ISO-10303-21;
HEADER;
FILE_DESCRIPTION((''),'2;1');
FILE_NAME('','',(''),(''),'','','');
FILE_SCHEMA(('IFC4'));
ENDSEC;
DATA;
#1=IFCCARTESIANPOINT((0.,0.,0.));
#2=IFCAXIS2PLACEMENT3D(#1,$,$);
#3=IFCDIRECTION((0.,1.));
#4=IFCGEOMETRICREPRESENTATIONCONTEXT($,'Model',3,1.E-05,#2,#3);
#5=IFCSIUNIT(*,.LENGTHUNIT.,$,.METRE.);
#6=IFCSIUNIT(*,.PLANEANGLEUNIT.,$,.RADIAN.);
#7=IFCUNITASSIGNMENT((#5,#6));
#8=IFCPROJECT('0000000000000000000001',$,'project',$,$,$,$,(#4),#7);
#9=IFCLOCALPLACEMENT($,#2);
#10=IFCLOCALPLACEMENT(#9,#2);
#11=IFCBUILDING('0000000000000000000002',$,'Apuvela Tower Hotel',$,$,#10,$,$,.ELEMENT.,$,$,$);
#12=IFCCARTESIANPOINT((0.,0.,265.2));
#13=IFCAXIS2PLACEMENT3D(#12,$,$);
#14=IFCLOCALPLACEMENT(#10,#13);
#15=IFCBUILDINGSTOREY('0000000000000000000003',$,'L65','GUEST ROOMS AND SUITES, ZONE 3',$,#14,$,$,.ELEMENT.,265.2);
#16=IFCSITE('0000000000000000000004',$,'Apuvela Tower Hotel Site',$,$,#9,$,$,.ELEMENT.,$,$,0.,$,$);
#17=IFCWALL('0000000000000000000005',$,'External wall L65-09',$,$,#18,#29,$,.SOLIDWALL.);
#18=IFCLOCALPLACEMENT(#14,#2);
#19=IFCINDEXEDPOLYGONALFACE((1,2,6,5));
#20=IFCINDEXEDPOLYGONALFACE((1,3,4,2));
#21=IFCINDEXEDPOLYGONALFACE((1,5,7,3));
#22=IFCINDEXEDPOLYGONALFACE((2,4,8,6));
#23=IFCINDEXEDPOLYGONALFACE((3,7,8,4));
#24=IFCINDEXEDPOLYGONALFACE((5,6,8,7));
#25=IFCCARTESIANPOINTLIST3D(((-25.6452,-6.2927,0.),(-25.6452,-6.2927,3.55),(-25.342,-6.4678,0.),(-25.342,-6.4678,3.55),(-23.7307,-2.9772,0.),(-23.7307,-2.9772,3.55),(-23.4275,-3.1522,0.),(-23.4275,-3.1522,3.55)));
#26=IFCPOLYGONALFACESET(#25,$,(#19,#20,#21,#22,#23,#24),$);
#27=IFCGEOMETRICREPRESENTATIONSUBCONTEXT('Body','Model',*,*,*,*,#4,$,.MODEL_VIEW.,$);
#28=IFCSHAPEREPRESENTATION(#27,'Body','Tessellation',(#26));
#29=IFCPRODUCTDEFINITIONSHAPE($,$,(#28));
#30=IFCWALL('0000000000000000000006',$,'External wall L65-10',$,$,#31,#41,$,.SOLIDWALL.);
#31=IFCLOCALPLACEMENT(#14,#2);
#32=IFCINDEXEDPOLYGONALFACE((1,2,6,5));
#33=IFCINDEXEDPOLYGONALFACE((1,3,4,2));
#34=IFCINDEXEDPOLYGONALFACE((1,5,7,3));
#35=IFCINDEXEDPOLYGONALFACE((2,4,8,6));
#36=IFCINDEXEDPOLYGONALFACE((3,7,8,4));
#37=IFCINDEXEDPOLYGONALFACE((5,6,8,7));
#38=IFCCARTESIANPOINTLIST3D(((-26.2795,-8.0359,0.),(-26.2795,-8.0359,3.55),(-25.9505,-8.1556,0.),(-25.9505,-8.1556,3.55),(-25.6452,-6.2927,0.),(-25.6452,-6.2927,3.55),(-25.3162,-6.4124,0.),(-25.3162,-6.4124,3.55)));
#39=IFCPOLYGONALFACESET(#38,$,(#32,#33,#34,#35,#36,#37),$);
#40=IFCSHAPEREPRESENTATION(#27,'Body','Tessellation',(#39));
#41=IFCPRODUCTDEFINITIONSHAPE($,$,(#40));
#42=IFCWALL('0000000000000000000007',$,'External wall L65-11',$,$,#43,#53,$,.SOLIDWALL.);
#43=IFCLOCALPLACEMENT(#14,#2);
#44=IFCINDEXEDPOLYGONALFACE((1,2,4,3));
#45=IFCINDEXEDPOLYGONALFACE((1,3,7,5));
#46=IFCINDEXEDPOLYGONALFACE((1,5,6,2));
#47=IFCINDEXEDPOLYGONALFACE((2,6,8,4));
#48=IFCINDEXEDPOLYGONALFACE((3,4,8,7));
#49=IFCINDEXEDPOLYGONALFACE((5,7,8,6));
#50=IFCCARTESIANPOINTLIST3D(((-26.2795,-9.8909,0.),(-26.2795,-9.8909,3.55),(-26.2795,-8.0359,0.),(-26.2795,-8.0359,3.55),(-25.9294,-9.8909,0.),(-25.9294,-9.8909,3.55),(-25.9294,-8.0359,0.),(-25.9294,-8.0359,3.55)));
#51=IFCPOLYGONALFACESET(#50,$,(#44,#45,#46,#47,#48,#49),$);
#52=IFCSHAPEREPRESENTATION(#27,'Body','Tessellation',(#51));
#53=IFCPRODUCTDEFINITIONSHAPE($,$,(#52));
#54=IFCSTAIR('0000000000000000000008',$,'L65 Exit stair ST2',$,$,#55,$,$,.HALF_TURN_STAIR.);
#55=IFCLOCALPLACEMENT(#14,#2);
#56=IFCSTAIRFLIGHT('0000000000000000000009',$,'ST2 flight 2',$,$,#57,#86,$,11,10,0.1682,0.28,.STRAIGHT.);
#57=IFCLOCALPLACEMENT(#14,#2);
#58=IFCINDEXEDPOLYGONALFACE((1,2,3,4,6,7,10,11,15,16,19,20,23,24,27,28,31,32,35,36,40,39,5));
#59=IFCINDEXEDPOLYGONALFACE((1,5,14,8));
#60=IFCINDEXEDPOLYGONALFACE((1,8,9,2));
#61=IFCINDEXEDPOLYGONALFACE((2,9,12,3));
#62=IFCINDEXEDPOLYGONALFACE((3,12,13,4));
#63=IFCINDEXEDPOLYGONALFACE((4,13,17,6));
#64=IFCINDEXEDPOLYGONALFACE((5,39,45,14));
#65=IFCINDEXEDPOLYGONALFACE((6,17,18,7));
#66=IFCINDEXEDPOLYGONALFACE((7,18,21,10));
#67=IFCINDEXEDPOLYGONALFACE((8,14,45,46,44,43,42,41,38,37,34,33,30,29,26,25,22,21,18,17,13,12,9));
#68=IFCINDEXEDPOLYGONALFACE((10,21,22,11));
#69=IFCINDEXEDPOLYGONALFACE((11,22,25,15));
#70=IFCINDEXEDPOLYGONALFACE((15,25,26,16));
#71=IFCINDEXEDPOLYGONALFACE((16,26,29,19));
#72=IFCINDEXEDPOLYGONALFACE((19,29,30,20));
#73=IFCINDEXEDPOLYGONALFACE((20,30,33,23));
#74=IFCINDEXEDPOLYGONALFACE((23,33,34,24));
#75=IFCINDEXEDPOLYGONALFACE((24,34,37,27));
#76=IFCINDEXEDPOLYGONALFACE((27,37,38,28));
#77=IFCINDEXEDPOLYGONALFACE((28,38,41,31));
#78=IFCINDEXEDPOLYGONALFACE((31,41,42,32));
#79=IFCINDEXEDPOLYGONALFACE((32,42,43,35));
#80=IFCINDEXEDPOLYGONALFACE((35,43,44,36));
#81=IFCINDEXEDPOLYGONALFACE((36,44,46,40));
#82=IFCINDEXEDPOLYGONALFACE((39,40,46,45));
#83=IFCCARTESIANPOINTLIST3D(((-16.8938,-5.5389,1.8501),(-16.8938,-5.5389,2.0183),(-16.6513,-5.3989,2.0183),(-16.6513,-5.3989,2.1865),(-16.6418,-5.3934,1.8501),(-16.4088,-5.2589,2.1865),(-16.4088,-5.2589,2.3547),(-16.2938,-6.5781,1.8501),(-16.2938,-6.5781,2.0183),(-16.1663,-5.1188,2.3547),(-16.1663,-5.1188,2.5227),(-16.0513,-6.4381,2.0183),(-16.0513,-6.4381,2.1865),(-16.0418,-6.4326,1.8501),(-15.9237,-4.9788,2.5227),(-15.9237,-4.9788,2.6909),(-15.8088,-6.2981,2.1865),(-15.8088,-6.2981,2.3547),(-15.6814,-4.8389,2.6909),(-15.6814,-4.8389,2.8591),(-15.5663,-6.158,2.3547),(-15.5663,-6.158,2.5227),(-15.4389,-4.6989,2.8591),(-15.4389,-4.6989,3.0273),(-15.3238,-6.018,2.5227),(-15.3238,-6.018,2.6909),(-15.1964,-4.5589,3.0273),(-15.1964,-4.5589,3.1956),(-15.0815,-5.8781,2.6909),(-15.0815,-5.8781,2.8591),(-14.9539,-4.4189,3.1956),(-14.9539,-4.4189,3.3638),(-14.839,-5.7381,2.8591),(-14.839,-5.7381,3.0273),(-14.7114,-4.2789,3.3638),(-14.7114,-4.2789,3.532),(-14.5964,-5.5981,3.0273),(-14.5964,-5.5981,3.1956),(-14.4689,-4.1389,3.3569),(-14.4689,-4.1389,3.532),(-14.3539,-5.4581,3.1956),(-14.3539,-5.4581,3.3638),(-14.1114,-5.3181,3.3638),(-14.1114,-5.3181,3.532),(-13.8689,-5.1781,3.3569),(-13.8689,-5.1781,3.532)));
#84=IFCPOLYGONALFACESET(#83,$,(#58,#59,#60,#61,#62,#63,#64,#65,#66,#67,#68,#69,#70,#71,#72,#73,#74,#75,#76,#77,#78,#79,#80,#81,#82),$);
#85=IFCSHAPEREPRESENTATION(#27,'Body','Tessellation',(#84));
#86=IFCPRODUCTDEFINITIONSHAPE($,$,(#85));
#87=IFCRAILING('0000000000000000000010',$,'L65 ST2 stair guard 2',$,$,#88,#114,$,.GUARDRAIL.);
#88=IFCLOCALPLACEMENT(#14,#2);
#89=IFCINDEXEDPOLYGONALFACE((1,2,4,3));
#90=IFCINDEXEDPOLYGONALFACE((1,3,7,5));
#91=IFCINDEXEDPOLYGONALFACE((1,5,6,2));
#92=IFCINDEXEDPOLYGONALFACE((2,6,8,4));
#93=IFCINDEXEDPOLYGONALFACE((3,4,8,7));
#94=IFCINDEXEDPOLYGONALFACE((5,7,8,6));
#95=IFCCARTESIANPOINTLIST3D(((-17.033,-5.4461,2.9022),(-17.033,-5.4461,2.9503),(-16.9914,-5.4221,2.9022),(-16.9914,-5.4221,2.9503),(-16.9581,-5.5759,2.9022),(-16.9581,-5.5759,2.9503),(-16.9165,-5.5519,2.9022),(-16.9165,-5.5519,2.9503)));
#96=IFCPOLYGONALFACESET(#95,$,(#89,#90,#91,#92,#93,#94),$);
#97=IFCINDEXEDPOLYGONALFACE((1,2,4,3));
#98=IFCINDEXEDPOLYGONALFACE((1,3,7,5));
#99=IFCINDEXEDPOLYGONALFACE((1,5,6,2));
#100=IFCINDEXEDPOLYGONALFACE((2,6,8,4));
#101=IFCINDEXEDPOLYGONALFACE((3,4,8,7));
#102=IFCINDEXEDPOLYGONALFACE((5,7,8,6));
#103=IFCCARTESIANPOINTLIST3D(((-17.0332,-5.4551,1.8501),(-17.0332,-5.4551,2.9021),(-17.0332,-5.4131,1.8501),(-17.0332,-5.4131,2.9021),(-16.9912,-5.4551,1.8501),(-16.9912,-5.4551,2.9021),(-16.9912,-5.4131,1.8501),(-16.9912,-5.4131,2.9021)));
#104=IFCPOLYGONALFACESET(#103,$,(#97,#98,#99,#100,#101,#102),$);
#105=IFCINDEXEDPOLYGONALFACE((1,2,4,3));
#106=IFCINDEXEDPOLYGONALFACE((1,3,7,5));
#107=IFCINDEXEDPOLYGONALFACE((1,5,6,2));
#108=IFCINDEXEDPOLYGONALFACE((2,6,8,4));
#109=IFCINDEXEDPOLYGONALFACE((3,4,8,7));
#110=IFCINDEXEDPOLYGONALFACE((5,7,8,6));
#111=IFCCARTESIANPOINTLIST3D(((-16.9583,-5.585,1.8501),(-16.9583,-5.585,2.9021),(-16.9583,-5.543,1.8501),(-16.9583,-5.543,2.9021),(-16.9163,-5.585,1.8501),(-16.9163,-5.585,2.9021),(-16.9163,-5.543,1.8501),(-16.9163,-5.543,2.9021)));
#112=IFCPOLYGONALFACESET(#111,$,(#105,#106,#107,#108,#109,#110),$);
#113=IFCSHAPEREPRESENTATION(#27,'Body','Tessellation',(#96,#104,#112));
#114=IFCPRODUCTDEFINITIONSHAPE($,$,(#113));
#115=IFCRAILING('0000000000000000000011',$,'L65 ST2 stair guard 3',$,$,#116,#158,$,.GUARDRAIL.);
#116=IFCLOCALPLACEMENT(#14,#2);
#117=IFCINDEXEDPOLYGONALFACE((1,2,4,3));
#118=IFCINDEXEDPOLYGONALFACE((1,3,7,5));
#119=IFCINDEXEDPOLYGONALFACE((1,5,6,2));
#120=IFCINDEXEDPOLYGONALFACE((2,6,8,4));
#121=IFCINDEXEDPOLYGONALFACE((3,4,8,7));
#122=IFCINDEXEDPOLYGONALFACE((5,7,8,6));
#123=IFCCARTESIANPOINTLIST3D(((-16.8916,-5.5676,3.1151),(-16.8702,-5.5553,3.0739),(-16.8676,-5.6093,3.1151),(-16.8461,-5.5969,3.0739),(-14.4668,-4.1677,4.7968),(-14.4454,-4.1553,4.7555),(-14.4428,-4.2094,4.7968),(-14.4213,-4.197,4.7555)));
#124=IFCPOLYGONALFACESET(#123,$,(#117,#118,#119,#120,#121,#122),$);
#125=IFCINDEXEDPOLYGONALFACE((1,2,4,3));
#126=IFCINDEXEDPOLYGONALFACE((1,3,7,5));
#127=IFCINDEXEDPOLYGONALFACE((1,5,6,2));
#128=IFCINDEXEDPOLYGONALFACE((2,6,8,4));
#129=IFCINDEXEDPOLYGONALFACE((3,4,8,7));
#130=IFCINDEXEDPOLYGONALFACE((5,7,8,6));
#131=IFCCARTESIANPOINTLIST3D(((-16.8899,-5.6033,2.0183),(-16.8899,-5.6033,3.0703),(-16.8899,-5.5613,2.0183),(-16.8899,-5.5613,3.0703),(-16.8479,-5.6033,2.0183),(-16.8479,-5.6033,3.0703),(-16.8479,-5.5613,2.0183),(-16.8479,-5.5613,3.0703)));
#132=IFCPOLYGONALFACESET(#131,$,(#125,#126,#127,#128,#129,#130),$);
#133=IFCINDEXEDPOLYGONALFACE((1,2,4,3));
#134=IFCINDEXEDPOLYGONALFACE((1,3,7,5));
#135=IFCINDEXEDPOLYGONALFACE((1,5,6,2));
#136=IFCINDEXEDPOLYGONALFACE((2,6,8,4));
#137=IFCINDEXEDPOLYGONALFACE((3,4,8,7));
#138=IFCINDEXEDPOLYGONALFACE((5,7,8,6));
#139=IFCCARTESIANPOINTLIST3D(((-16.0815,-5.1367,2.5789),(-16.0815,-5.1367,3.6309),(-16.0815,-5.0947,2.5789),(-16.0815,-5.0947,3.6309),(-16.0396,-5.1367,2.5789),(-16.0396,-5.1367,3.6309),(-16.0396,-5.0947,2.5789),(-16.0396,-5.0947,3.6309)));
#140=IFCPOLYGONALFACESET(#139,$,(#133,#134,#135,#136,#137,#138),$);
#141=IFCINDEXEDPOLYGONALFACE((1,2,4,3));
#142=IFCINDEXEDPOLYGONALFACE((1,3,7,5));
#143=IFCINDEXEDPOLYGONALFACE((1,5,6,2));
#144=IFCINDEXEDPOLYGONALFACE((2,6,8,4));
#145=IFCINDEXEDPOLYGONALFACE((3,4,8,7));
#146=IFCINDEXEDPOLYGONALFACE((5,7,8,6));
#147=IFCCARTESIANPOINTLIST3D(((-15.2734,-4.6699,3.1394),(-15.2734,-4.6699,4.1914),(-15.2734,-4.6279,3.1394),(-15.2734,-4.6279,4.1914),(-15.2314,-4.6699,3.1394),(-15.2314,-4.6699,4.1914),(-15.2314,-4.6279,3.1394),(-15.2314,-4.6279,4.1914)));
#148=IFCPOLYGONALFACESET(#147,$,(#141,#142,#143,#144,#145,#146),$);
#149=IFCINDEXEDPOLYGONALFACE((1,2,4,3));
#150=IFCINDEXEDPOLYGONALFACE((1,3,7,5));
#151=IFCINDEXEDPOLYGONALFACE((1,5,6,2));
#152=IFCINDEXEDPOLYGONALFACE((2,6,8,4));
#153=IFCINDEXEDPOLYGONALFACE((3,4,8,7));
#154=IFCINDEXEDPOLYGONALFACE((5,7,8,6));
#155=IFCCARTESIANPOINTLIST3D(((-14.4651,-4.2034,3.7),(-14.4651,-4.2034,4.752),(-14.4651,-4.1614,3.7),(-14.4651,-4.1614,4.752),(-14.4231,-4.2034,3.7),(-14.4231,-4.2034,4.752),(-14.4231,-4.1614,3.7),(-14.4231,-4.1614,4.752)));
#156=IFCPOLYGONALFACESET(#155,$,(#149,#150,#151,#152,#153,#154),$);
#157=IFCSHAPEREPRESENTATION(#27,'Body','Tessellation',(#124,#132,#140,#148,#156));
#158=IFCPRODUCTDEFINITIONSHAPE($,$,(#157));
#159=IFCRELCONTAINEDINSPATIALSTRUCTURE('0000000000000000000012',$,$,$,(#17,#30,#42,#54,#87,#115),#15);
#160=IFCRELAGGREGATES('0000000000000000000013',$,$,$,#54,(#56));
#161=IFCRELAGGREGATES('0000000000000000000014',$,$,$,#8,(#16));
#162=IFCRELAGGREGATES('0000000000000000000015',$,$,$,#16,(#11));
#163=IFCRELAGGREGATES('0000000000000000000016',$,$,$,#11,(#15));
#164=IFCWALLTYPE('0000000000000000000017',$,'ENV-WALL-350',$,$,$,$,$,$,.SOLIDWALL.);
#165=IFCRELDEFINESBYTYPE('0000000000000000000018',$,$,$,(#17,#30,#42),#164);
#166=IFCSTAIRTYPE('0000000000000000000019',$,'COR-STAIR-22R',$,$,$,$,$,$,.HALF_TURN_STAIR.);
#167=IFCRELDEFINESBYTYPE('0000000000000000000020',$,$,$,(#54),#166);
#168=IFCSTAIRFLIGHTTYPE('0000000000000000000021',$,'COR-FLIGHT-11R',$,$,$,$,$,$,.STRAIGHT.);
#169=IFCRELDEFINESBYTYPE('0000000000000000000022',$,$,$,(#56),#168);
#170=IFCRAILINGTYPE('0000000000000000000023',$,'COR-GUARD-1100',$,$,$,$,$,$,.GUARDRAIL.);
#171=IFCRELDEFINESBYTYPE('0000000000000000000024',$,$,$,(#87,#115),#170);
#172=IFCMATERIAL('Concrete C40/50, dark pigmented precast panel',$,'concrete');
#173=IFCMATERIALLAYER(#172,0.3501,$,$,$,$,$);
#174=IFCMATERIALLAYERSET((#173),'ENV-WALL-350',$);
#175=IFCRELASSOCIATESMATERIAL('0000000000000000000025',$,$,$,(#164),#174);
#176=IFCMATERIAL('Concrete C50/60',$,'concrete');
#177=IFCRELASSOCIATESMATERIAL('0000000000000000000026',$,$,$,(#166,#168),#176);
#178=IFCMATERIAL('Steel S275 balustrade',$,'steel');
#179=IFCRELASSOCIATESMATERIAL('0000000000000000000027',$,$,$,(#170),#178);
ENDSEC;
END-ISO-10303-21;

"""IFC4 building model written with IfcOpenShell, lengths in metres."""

from ifc_helpers import new_model, si_unit, direction, frame, frame_2d, origin, origin_2d, place, context, subcontext, project, spatial, polyline, rectangle, outline, extrude, material, layer, layer_set, type_object, element, aggregate, save


model = new_model("IFC4")

# Units and contexts
model_context = context("Model", 3, precision=1e-05, world=origin(), true_north=direction((0.0, 1.0)))
body_context = subcontext(model_context, "Body", "Model", "MODEL_VIEW")
ifc_project = project(units=[si_unit("LENGTHUNIT", "METRE"), si_unit("PLANEANGLEUNIT", "RADIAN")], contexts=[model_context])

# Site, building, storey
site_placement = place(None, origin())
site = spatial("IfcSite", under=ifc_project, at=site_placement, Name="Apuvela Tower Hotel Site", CompositionType="ELEMENT", RefElevation=0.0)
building_placement = place(site_placement, origin())
building = spatial("IfcBuilding", under=site, at=building_placement, Name="Apuvela Tower Hotel", CompositionType="ELEMENT")
storey_placement = place(building_placement, frame((0.0, 0.0, 265.2)))
storey = spatial("IfcBuildingStorey", under=building, at=storey_placement, Name="L65", Description="GUEST ROOMS AND SUITES, ZONE 3", CompositionType="ELEMENT", Elevation=265.2)

# Walls
ifc_material_1 = material(Name="Concrete C50/60", Category="concrete")
ifc_material_2 = material(Name="Concrete C40/50, dark pigmented precast panel", Category="concrete")
ifc_layer_1 = layer(ifc_material_2, 0.3501)
ifc_layer_set_1 = layer_set([ifc_layer_1], Name="ENV-WALL-350")
wall_type_1 = type_object("IfcWallType", Name="ENV-WALL-350", PredefinedType="SOLIDWALL", material=ifc_layer_set_1)
wall_1_placement = place(storey_placement, frame((-23.5791, -3.0647, 0.0), z_axis=(0.0, 0.0, 1.0), x_axis=(-0.500048, -0.865998, 0.0)))
element("IfcWall", 1, at=wall_1_placement, inside=storey, type_object=wall_type_1, Name="External wall L65-09", PredefinedType="SOLIDWALL", context=body_context, shape_type="SweptSolid", body=[
    extrude(rectangle(XDim=3.8286, YDim=0.3501, at=frame_2d((1.9143, 0.0))), origin(), (0.0, 0.0, 1.0), 3.55),
])
for number, where, z_axis, x_axis, name in (
    (2, (-25.4807, -6.3525, 0.0), (0.0, 0.0, 1.0), (-0.341933, -0.939724, 0.0), "External wall L65-10"),
    (3, (-26.1045, -8.0359, 0.0), (0.0, 0.0, 1.0), (0.0, -1.0, 0.0), "External wall L65-11"),
):
    element("IfcWall", number, at=place(storey_placement, frame(where, z_axis=z_axis, x_axis=x_axis)), inside=storey, type_object=wall_type_1, Name=name, PredefinedType="SOLIDWALL", context=body_context, shape_type="SweptSolid", body=[
        extrude(rectangle(XDim=1.855, YDim=0.3501, at=frame_2d((0.9275, 0.0))), origin(), (0.0, 0.0, 1.0), 3.55),
    ])

# Stair, stair flight
stair_type = type_object("IfcStairType", Name="COR-STAIR-22R", PredefinedType="HALF_TURN_STAIR", material=ifc_material_1)
stair_placement = place(storey_placement, origin())
stair = element("IfcStair", 4, at=stair_placement, inside=storey, type_object=stair_type, Name="L65 Exit stair ST2", PredefinedType="HALF_TURN_STAIR")
stair_flight_type = type_object("IfcStairFlightType", Name="COR-FLIGHT-11R", PredefinedType="STRAIGHT", material=ifc_material_1)
stair_flight_placement = place(storey_placement, frame((-16.5938, -6.0586, 1.8501), z_axis=(0.0, 0.0, 1.0), x_axis=(0.866025, 0.5, 0.0)))
stair_flight = element("IfcStairFlight", 5, at=stair_flight_placement, type_object=stair_flight_type, Name="ST2 flight 2", NumberOfRisers=11, NumberOfTreads=10, PredefinedType="STRAIGHT", RiserHeight=0.1682, TreadLength=0.28, context=body_context, shape_type="SweptSolid", body=[
    extrude(outline(polyline([(0.0, 0.0), (0.0, 0.1682), (0.28, 0.1682), (0.28, 0.3364), (0.5601, 0.3364), (0.5601, 0.5046), (0.8401, 0.5046), (0.8401, 0.6726), (1.1201, 0.6726), (1.1201, 0.8408), (1.3999, 0.8408), (1.3999, 1.009), (1.6799, 1.009), (1.6799, 1.1772), (1.96, 1.1772), (1.96, 1.3455), (2.24, 1.3455), (2.24, 1.5137), (2.52, 1.5137), (2.52, 1.6819), (2.8, 1.6819), (2.8, 1.8501), (2.8, 1.5068), (0.291, 0.0), (0.0, 0.0)])), frame((0.0, 0.6001, 0.0), z_axis=(0.0, -1.0, 0.0), x_axis=(1.0, 0.0, 0.0)), (0.0, 0.0, 1.0), 1.2),
])
aggregate(stair, [stair_flight])

# Railings
ifc_material_3 = material(Name="Steel S275 balustrade", Category="steel")
railing_type_1 = type_object("IfcRailingType", Name="COR-GUARD-1100", PredefinedType="GUARDRAIL", material=ifc_material_3)
railing_1_placement = place(storey_placement, frame((-17.0122, -5.4341, 1.8501)))
element("IfcRailing", 6, at=railing_1_placement, inside=storey, type_object=railing_type_1, Name="L65 ST2 stair guard 2", PredefinedType="GUARDRAIL", context=body_context, shape_type="SweptSolid", body=[
    extrude(rectangle(XDim=0.0481, YDim=0.0481, at=origin_2d()), frame((0.0, 0.0, 1.0762), z_axis=(0.499816, -0.866131, 0.0), x_axis=(0.866131, 0.499816, 0.0)), (0.0, 0.0, 1.0), 0.1499),
    extrude(rectangle(XDim=0.042, YDim=0.042, at=origin_2d()), origin(), (0.0, 0.0, 1.0), 1.052),
    extrude(rectangle(XDim=0.042, YDim=0.042, at=origin_2d()), frame((0.075, -0.1299, 0.0)), (0.0, 0.0, 1.0), 1.052),
])
railing_2_placement = place(storey_placement, frame((-16.8689, -5.5823, 2.0183)))
element("IfcRailing", 7, at=railing_2_placement, inside=storey, type_object=railing_type_1, Name="L65 ST2 stair guard 3", PredefinedType="GUARDRAIL", context=body_context, shape_type="SweptSolid", body=[
    extrude(rectangle(XDim=0.0481, YDim=0.0481, at=origin_2d()), frame((0.0, 0.0, 1.0762), z_axis=(0.742419, 0.428618, 0.514879), x_axis=(-0.499984, 0.866035, 0.0)), (0.0, 0.0, 1.0), 3.2661),
    extrude(rectangle(XDim=0.042, YDim=0.042, at=origin_2d()), origin(), (0.0, 0.0, 1.0), 1.052),
    extrude(rectangle(XDim=0.042, YDim=0.042, at=origin_2d()), frame((0.8083, 0.4666, 0.5605)), (0.0, 0.0, 1.0), 1.052),
    extrude(rectangle(XDim=0.042, YDim=0.042, at=origin_2d()), frame((1.6165, 0.9333, 1.1211)), (0.0, 0.0, 1.0), 1.052),
    extrude(rectangle(XDim=0.042, YDim=0.042, at=origin_2d()), frame((2.4248, 1.3999, 1.6816)), (0.0, 0.0, 1.0), 1.052),
])

save(model, "model.ifc")
